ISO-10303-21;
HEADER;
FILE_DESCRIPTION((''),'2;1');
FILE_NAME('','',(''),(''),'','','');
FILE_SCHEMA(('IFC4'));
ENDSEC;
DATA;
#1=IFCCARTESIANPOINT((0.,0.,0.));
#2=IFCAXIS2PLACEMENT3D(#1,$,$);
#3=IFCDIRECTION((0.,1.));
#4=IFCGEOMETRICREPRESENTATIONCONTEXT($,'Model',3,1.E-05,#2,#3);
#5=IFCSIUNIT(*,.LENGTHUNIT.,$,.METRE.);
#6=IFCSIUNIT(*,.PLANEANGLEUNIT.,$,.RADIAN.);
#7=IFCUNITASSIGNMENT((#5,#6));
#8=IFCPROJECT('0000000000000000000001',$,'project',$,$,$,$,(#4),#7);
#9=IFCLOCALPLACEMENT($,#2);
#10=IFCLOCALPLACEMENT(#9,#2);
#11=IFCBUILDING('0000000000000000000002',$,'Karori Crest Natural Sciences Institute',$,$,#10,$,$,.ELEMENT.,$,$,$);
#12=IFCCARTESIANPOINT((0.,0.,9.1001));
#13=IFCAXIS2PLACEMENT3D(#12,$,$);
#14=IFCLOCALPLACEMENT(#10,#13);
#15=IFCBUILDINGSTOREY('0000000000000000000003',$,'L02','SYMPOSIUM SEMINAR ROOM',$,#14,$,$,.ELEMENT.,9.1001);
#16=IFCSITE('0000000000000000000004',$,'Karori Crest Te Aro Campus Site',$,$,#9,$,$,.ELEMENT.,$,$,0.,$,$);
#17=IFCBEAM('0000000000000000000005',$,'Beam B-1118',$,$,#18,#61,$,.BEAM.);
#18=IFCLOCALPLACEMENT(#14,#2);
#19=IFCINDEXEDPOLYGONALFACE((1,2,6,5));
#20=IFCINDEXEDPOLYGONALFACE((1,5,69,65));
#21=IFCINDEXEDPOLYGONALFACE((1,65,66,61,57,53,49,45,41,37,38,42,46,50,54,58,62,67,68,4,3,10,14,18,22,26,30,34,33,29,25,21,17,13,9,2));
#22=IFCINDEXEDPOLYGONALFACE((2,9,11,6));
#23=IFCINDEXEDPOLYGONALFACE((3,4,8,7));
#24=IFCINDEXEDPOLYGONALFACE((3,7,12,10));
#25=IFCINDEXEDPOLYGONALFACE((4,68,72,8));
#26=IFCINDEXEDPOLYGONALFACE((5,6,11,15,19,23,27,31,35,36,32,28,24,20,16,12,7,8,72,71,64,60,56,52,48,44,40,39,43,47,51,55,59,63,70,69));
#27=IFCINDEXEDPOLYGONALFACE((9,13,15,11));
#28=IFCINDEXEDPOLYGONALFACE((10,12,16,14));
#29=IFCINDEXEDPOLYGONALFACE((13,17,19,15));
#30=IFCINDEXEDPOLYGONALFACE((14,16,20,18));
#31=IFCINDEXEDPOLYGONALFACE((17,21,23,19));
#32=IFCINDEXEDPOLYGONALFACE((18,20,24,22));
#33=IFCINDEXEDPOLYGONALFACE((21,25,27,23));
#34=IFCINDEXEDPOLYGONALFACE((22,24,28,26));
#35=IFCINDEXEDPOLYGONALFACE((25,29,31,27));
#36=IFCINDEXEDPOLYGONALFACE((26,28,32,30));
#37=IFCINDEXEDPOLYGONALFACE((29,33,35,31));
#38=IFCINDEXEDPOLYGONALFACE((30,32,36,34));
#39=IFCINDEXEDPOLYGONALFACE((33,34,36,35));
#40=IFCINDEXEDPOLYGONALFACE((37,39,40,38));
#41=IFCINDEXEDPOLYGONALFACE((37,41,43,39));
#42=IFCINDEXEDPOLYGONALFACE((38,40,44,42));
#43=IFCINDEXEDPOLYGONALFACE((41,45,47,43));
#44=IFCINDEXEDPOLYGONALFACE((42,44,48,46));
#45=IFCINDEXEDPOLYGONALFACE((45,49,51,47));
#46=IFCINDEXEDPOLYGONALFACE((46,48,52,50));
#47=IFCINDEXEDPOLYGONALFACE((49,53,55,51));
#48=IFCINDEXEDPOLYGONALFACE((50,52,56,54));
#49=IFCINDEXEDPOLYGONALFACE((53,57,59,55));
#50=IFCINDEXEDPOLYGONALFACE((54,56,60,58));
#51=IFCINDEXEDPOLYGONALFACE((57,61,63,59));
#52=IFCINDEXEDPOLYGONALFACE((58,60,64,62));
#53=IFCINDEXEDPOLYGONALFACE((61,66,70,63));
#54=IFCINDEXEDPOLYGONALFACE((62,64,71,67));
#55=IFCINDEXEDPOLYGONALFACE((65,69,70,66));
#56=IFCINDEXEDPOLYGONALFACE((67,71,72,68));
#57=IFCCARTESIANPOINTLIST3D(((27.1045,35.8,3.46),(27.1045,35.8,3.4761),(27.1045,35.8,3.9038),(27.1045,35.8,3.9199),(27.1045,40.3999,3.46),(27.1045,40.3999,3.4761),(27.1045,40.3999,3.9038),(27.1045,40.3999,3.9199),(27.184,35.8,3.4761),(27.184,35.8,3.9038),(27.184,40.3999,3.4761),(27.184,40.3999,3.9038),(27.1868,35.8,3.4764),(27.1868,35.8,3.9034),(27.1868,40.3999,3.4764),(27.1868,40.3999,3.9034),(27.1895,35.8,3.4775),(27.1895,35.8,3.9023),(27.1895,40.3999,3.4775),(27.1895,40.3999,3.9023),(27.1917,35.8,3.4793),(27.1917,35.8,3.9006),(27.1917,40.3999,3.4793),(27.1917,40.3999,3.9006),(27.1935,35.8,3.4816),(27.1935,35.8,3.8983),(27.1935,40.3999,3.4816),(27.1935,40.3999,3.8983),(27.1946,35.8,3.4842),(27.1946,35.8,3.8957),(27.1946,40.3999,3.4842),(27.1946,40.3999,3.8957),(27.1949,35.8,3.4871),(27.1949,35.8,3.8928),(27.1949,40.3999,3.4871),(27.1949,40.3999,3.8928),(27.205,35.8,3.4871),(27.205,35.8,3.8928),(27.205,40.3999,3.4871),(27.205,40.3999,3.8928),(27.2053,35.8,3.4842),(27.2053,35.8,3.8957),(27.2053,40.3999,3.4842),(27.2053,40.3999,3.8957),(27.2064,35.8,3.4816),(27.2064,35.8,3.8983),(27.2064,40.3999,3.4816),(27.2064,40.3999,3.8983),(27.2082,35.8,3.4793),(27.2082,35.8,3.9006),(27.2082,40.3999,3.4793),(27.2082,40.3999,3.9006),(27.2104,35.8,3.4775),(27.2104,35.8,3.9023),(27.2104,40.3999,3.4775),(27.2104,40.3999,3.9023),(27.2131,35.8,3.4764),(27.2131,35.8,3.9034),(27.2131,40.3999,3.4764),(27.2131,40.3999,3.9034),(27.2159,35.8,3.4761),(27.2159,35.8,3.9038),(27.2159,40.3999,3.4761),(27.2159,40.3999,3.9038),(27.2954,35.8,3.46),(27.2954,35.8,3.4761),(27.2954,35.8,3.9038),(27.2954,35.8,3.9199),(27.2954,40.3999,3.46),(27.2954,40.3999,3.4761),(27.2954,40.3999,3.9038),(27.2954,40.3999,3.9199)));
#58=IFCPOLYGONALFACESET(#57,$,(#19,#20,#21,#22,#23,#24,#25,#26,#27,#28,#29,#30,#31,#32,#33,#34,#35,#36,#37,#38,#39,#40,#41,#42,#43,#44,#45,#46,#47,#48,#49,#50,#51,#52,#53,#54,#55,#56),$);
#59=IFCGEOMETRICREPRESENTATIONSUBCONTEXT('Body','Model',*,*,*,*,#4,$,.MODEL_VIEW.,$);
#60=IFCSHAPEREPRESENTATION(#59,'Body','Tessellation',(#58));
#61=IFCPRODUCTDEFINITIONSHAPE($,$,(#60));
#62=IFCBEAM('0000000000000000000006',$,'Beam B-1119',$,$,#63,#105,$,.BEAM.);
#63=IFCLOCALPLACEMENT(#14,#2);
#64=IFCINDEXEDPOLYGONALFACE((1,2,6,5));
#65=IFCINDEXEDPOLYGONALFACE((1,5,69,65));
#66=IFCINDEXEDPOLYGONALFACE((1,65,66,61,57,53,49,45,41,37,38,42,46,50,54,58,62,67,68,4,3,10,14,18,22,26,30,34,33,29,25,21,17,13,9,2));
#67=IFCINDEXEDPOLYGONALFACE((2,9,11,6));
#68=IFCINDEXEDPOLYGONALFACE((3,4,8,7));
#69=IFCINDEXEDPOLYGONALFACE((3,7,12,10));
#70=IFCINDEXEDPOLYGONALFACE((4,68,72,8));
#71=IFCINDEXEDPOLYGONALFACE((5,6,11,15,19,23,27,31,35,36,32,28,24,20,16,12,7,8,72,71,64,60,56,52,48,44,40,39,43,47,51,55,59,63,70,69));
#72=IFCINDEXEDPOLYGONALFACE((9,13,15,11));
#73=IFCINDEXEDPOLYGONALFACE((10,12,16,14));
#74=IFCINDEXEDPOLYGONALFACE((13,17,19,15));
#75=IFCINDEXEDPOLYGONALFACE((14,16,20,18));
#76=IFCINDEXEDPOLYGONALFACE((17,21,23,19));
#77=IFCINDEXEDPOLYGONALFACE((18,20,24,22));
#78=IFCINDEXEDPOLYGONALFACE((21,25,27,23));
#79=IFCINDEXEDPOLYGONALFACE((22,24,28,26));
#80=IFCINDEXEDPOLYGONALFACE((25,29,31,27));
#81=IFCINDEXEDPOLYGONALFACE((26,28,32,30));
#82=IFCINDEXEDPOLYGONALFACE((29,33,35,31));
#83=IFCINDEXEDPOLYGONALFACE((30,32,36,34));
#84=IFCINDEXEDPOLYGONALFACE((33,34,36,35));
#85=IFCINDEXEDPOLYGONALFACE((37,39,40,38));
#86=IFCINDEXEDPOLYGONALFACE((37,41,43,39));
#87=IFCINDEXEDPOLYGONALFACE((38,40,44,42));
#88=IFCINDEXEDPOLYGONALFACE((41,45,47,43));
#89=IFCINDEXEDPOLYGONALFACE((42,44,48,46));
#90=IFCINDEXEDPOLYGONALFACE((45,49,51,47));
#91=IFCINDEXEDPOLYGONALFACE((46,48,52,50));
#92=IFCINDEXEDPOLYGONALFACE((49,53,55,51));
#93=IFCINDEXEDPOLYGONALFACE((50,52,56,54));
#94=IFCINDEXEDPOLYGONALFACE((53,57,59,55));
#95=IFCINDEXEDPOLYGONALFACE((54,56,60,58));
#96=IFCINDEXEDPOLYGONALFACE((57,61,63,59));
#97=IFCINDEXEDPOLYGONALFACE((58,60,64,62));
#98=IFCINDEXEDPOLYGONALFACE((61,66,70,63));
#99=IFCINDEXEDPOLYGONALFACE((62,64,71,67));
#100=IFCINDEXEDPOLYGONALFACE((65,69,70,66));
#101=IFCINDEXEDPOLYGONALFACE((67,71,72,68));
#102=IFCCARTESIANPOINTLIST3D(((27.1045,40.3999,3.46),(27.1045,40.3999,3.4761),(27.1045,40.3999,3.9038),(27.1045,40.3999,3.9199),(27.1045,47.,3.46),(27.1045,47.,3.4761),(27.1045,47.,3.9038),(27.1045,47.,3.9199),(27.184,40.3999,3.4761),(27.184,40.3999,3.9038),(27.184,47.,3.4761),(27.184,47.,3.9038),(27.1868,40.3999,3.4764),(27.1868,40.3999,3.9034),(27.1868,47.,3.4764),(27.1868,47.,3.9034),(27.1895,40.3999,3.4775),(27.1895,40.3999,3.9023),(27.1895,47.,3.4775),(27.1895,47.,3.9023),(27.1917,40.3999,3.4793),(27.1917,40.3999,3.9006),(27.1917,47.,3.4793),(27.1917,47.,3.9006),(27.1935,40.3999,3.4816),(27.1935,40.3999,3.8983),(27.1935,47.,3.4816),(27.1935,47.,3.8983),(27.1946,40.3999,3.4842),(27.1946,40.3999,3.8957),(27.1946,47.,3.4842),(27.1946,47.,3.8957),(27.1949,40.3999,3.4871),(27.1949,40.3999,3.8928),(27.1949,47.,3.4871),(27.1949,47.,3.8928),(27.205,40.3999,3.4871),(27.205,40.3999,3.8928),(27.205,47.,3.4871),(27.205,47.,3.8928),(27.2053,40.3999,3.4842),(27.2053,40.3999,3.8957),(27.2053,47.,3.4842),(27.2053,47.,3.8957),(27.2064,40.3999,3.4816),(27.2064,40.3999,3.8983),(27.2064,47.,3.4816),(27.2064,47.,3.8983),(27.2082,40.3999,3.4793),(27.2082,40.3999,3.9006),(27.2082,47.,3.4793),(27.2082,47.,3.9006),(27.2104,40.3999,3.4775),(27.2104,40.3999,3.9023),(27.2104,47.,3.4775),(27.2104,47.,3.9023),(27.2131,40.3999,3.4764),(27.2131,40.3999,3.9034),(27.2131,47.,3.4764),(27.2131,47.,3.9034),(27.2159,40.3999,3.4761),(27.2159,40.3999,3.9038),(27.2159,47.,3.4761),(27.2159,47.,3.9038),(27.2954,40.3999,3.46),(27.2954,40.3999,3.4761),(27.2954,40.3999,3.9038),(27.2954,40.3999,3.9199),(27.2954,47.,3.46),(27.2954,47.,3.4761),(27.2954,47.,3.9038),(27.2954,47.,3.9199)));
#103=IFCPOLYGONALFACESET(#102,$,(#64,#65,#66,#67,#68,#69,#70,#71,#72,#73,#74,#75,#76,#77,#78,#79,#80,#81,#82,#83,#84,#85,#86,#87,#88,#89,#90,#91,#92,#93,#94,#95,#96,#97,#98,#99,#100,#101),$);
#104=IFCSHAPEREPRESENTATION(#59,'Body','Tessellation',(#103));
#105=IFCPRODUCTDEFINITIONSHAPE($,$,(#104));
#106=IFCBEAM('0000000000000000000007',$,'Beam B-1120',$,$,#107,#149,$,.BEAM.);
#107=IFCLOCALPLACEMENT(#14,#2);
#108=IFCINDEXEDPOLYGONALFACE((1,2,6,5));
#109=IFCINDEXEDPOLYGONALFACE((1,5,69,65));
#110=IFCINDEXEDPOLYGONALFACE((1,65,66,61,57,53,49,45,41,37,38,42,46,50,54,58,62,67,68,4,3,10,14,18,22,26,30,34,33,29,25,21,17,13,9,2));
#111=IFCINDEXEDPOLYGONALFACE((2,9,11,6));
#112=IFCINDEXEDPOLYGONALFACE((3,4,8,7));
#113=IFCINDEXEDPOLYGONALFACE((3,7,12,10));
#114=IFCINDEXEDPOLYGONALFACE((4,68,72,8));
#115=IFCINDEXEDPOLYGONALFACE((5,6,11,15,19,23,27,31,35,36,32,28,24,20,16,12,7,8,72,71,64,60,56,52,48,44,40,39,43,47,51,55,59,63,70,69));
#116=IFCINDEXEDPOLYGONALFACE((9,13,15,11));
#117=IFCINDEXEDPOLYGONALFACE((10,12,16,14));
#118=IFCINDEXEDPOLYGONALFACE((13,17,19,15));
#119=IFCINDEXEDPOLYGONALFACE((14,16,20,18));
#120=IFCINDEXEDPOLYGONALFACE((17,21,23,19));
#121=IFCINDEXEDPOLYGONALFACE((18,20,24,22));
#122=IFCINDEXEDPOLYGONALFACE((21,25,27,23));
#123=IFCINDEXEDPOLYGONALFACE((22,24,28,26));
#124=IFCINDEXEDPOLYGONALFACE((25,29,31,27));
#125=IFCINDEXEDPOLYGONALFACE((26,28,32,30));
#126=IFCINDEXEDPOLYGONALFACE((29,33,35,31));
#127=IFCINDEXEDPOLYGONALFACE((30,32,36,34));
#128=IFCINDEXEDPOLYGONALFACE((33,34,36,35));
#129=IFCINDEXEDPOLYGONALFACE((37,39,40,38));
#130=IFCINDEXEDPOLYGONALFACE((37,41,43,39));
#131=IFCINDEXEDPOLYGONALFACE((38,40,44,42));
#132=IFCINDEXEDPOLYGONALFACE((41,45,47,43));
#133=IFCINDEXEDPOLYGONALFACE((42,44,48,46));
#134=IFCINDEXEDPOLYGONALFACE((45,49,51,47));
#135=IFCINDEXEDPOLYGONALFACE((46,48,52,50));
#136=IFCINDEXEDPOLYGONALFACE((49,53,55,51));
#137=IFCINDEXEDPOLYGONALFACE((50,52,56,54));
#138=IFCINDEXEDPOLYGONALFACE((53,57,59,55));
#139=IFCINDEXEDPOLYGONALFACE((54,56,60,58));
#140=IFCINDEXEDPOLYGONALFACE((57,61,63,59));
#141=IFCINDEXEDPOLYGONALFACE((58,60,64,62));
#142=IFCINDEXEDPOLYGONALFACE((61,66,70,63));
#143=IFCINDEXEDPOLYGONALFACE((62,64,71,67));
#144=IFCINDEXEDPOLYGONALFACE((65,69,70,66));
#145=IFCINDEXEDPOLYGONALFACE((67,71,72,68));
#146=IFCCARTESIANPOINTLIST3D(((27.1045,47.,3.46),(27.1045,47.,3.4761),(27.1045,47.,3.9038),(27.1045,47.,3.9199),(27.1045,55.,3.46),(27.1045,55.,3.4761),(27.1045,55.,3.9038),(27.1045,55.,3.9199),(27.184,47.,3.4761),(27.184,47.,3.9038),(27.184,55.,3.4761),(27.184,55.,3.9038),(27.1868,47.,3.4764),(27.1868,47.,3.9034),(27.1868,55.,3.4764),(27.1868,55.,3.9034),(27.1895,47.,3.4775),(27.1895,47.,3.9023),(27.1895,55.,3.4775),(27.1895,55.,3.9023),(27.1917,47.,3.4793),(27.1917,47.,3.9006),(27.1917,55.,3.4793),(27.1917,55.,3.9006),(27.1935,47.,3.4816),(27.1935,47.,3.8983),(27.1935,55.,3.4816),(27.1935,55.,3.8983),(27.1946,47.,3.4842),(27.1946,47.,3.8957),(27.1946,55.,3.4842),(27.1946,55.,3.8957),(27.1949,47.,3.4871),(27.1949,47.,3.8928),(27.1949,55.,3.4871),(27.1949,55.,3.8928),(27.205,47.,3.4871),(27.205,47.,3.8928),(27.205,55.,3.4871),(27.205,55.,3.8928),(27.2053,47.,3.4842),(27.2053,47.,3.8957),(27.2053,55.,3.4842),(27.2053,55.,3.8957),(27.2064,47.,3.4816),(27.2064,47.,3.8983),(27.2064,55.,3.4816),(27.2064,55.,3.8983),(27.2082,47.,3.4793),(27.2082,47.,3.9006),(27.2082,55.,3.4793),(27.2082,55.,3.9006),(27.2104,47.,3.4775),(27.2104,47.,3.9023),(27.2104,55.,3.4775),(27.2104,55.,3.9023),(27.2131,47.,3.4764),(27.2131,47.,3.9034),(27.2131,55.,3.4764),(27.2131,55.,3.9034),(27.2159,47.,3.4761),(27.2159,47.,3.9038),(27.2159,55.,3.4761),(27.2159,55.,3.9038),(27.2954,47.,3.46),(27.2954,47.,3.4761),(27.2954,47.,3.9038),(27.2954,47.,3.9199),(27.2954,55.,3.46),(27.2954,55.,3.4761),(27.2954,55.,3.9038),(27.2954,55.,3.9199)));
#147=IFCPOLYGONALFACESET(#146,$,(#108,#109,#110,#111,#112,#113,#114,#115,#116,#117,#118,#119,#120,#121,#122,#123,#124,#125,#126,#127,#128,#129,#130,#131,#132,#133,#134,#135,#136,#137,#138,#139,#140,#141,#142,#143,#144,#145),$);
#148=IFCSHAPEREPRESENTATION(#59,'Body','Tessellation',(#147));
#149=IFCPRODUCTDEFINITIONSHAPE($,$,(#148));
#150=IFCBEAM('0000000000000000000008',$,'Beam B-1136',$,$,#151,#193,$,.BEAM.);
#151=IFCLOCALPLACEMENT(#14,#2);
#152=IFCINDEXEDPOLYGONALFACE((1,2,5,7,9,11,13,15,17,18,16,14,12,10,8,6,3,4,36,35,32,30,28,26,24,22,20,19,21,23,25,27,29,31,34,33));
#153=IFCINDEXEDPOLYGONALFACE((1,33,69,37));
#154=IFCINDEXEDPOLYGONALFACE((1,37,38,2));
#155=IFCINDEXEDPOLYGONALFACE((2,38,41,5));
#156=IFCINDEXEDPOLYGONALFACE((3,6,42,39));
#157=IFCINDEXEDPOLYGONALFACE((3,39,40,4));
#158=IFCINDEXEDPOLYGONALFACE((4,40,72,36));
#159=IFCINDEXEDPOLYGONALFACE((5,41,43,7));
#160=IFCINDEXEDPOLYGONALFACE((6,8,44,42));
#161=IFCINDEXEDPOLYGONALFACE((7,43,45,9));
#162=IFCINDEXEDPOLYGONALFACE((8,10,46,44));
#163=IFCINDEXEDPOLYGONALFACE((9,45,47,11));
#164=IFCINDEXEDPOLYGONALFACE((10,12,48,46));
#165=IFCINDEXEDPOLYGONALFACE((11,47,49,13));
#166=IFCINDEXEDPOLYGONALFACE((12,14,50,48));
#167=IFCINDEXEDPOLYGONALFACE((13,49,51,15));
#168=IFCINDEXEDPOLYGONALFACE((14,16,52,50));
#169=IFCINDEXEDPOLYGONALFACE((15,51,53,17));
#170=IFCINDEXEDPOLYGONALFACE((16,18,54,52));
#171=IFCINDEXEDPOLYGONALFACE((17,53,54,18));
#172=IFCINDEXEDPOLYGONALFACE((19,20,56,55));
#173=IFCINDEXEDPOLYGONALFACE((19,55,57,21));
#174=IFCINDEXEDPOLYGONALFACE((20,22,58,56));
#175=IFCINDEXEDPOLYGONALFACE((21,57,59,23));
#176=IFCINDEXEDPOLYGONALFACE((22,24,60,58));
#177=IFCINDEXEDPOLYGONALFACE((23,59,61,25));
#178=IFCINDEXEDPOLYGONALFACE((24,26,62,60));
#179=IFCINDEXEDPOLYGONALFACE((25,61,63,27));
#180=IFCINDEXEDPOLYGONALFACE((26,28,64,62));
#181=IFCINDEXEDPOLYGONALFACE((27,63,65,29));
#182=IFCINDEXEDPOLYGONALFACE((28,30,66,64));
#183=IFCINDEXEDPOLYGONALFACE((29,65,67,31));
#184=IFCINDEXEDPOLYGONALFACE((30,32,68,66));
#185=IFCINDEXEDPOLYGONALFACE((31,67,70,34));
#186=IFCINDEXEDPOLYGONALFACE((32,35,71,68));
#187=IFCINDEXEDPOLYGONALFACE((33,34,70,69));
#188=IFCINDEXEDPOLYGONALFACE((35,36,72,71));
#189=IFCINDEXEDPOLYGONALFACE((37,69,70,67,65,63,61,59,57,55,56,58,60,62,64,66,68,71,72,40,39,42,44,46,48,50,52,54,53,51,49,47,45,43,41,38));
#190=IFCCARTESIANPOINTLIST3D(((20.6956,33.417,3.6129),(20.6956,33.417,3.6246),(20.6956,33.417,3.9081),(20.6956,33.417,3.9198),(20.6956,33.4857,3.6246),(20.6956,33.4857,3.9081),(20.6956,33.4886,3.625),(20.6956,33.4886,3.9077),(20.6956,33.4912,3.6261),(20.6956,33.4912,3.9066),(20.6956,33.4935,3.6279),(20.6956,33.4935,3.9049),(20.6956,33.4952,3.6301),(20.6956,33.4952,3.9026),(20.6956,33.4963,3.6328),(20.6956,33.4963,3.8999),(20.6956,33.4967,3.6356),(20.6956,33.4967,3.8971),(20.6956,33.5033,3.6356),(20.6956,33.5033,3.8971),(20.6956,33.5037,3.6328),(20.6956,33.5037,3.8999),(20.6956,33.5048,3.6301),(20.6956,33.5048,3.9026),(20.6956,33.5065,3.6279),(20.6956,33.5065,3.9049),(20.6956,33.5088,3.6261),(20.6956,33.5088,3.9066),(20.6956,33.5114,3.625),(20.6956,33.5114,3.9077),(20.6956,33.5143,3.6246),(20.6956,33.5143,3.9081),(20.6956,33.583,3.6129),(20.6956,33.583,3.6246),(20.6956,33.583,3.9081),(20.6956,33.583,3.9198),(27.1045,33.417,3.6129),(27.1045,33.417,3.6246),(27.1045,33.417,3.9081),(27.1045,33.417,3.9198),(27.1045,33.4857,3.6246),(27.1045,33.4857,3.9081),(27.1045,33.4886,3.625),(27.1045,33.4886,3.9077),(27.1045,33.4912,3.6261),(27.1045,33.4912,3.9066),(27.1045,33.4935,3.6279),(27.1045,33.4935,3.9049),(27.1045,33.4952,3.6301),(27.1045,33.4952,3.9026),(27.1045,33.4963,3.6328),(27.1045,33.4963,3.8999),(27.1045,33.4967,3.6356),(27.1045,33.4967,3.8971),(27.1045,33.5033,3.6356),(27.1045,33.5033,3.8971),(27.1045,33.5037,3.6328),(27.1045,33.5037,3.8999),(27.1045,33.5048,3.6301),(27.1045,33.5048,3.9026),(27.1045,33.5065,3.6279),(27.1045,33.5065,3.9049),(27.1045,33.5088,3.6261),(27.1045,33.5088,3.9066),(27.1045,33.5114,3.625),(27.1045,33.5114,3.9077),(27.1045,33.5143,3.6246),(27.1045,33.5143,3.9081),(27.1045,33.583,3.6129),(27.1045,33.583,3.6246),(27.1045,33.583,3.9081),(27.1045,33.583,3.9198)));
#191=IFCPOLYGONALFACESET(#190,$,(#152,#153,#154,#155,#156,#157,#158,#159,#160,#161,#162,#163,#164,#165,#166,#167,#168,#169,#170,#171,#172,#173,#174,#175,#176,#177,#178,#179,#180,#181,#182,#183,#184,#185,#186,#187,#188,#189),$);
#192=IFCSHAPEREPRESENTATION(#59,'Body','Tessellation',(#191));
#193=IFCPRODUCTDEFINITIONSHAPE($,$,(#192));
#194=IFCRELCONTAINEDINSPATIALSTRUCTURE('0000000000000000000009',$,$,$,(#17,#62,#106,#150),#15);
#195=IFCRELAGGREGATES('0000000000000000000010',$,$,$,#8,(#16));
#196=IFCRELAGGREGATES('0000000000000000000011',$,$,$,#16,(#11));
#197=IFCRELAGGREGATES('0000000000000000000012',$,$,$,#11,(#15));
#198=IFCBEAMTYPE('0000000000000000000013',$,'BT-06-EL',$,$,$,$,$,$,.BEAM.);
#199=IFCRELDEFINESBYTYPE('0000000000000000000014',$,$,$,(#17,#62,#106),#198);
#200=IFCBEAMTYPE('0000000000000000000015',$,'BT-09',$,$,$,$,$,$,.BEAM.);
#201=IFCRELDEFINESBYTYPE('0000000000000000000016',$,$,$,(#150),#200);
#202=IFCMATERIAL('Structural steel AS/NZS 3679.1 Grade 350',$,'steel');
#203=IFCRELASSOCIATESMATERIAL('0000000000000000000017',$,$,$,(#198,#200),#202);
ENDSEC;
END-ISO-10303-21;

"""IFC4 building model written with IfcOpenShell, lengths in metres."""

from ifc_helpers import new_model, si_unit, direction, frame, origin, origin_2d, place, context, subcontext, project, spatial, i_section, extrude, material, material_profile, profile_set, type_object, element, save


model = new_model("IFC4")

# Units and contexts
model_context = context("Model", 3, precision=1e-05, world=origin(), true_north=direction((0.0, 1.0)))
body_context = subcontext(model_context, "Body", "Model", "MODEL_VIEW")
ifc_project = project(units=[si_unit("LENGTHUNIT", "METRE"), si_unit("PLANEANGLEUNIT", "RADIAN")], contexts=[model_context])

# Site, building, storey
site_placement = place(None, origin())
site = spatial("IfcSite", under=ifc_project, at=site_placement, Name="Karori Crest Te Aro Campus Site", CompositionType="ELEMENT", RefElevation=0.0)
building_placement = place(site_placement, origin())
building = spatial("IfcBuilding", under=site, at=building_placement, Name="Karori Crest Natural Sciences Institute", CompositionType="ELEMENT")
storey_placement = place(building_placement, frame((0.0, 0.0, 9.1001)))
storey = spatial("IfcBuildingStorey", under=building, at=storey_placement, Name="L02", Description="SYMPOSIUM SEMINAR ROOM", CompositionType="ELEMENT", Elevation=9.1001)

# Shared definitions
ifc_material_1 = material(Name="Structural steel AS/NZS 3679.1 Grade 350", Category="steel")

# Beams
ifc_material_profile_1 = material_profile(ifc_material_1, i_section(OverallWidth=0.1909, OverallDepth=0.46, WebThickness=0.01, FlangeThickness=0.0161, FilletRadius=0.011, at=origin_2d()), Name="460UB82.1")
ifc_profile_set_1 = profile_set([ifc_material_profile_1], Name="Structural steel AS/NZS 3679.1 Grade 350")
beam_type_1 = type_object("IfcBeamType", Name="BT-06-EL", PredefinedType="BEAM", material=ifc_profile_set_1)
beam_1_placement = place(storey_placement, frame((27.2, 35.8, 3.6899), z_axis=(0.0, 1.0, 0.0), x_axis=(-1.0, 0.0, 0.0)))
element("IfcBeam", 1, at=beam_1_placement, inside=storey, type_object=beam_type_1, Name="Beam B-1118", PredefinedType="BEAM", context=body_context, shape_type="SweptSolid", body=[
    extrude(i_section(OverallWidth=0.1909, OverallDepth=0.46, WebThickness=0.01, FlangeThickness=0.0161, FilletRadius=0.011, at=origin_2d()), origin(), (0.0, 0.0, 1.0), 4.5999),
])
beam_2_placement = place(storey_placement, frame((27.2, 40.3999, 3.6899), z_axis=(0.0, 1.0, 0.0), x_axis=(-1.0, 0.0, 0.0)))
element("IfcBeam", 2, at=beam_2_placement, inside=storey, type_object=beam_type_1, Name="Beam B-1119", PredefinedType="BEAM", context=body_context, shape_type="SweptSolid", body=[
    extrude(i_section(OverallWidth=0.1909, OverallDepth=0.46, WebThickness=0.01, FlangeThickness=0.0161, FilletRadius=0.011, at=origin_2d()), origin(), (0.0, 0.0, 1.0), 6.6001),
])
beam_3_placement = place(storey_placement, frame((27.2, 47.0, 3.6899), z_axis=(0.0, 1.0, 0.0), x_axis=(-1.0, 0.0, 0.0)))
element("IfcBeam", 3, at=beam_3_placement, inside=storey, type_object=beam_type_1, Name="Beam B-1120", PredefinedType="BEAM", context=body_context, shape_type="SweptSolid", body=[
    extrude(i_section(OverallWidth=0.1909, OverallDepth=0.46, WebThickness=0.01, FlangeThickness=0.0161, FilletRadius=0.011, at=origin_2d()), origin(), (0.0, 0.0, 1.0), 8.0),
])
ifc_material_profile_2 = material_profile(ifc_material_1, i_section(OverallWidth=0.166, OverallDepth=0.3069, WebThickness=0.0066, FlangeThickness=0.0117, FilletRadius=0.011, at=origin_2d()), Name="310UB46.2")
ifc_profile_set_2 = profile_set([ifc_material_profile_2], Name="Structural steel AS/NZS 3679.1 Grade 350")
beam_type_2 = type_object("IfcBeamType", Name="BT-09", PredefinedType="BEAM", material=ifc_profile_set_2)
for number, where, z_axis, x_axis, name in (
    (4, (20.6956, 33.5, 3.7664), (1.0, 0.0, 0.0), (0.0, 1.0, 0.0), "Beam B-1136"),
):
    element("IfcBeam", number, at=place(storey_placement, frame(where, z_axis=z_axis, x_axis=x_axis)), inside=storey, type_object=beam_type_2, Name=name, PredefinedType="BEAM", context=body_context, shape_type="SweptSolid", body=[
        extrude(i_section(OverallWidth=0.166, OverallDepth=0.3069, WebThickness=0.0066, FlangeThickness=0.0117, FilletRadius=0.011, at=origin_2d()), origin(), (0.0, 0.0, 1.0), 6.4089),
    ])

save(model, "model.ifc")
